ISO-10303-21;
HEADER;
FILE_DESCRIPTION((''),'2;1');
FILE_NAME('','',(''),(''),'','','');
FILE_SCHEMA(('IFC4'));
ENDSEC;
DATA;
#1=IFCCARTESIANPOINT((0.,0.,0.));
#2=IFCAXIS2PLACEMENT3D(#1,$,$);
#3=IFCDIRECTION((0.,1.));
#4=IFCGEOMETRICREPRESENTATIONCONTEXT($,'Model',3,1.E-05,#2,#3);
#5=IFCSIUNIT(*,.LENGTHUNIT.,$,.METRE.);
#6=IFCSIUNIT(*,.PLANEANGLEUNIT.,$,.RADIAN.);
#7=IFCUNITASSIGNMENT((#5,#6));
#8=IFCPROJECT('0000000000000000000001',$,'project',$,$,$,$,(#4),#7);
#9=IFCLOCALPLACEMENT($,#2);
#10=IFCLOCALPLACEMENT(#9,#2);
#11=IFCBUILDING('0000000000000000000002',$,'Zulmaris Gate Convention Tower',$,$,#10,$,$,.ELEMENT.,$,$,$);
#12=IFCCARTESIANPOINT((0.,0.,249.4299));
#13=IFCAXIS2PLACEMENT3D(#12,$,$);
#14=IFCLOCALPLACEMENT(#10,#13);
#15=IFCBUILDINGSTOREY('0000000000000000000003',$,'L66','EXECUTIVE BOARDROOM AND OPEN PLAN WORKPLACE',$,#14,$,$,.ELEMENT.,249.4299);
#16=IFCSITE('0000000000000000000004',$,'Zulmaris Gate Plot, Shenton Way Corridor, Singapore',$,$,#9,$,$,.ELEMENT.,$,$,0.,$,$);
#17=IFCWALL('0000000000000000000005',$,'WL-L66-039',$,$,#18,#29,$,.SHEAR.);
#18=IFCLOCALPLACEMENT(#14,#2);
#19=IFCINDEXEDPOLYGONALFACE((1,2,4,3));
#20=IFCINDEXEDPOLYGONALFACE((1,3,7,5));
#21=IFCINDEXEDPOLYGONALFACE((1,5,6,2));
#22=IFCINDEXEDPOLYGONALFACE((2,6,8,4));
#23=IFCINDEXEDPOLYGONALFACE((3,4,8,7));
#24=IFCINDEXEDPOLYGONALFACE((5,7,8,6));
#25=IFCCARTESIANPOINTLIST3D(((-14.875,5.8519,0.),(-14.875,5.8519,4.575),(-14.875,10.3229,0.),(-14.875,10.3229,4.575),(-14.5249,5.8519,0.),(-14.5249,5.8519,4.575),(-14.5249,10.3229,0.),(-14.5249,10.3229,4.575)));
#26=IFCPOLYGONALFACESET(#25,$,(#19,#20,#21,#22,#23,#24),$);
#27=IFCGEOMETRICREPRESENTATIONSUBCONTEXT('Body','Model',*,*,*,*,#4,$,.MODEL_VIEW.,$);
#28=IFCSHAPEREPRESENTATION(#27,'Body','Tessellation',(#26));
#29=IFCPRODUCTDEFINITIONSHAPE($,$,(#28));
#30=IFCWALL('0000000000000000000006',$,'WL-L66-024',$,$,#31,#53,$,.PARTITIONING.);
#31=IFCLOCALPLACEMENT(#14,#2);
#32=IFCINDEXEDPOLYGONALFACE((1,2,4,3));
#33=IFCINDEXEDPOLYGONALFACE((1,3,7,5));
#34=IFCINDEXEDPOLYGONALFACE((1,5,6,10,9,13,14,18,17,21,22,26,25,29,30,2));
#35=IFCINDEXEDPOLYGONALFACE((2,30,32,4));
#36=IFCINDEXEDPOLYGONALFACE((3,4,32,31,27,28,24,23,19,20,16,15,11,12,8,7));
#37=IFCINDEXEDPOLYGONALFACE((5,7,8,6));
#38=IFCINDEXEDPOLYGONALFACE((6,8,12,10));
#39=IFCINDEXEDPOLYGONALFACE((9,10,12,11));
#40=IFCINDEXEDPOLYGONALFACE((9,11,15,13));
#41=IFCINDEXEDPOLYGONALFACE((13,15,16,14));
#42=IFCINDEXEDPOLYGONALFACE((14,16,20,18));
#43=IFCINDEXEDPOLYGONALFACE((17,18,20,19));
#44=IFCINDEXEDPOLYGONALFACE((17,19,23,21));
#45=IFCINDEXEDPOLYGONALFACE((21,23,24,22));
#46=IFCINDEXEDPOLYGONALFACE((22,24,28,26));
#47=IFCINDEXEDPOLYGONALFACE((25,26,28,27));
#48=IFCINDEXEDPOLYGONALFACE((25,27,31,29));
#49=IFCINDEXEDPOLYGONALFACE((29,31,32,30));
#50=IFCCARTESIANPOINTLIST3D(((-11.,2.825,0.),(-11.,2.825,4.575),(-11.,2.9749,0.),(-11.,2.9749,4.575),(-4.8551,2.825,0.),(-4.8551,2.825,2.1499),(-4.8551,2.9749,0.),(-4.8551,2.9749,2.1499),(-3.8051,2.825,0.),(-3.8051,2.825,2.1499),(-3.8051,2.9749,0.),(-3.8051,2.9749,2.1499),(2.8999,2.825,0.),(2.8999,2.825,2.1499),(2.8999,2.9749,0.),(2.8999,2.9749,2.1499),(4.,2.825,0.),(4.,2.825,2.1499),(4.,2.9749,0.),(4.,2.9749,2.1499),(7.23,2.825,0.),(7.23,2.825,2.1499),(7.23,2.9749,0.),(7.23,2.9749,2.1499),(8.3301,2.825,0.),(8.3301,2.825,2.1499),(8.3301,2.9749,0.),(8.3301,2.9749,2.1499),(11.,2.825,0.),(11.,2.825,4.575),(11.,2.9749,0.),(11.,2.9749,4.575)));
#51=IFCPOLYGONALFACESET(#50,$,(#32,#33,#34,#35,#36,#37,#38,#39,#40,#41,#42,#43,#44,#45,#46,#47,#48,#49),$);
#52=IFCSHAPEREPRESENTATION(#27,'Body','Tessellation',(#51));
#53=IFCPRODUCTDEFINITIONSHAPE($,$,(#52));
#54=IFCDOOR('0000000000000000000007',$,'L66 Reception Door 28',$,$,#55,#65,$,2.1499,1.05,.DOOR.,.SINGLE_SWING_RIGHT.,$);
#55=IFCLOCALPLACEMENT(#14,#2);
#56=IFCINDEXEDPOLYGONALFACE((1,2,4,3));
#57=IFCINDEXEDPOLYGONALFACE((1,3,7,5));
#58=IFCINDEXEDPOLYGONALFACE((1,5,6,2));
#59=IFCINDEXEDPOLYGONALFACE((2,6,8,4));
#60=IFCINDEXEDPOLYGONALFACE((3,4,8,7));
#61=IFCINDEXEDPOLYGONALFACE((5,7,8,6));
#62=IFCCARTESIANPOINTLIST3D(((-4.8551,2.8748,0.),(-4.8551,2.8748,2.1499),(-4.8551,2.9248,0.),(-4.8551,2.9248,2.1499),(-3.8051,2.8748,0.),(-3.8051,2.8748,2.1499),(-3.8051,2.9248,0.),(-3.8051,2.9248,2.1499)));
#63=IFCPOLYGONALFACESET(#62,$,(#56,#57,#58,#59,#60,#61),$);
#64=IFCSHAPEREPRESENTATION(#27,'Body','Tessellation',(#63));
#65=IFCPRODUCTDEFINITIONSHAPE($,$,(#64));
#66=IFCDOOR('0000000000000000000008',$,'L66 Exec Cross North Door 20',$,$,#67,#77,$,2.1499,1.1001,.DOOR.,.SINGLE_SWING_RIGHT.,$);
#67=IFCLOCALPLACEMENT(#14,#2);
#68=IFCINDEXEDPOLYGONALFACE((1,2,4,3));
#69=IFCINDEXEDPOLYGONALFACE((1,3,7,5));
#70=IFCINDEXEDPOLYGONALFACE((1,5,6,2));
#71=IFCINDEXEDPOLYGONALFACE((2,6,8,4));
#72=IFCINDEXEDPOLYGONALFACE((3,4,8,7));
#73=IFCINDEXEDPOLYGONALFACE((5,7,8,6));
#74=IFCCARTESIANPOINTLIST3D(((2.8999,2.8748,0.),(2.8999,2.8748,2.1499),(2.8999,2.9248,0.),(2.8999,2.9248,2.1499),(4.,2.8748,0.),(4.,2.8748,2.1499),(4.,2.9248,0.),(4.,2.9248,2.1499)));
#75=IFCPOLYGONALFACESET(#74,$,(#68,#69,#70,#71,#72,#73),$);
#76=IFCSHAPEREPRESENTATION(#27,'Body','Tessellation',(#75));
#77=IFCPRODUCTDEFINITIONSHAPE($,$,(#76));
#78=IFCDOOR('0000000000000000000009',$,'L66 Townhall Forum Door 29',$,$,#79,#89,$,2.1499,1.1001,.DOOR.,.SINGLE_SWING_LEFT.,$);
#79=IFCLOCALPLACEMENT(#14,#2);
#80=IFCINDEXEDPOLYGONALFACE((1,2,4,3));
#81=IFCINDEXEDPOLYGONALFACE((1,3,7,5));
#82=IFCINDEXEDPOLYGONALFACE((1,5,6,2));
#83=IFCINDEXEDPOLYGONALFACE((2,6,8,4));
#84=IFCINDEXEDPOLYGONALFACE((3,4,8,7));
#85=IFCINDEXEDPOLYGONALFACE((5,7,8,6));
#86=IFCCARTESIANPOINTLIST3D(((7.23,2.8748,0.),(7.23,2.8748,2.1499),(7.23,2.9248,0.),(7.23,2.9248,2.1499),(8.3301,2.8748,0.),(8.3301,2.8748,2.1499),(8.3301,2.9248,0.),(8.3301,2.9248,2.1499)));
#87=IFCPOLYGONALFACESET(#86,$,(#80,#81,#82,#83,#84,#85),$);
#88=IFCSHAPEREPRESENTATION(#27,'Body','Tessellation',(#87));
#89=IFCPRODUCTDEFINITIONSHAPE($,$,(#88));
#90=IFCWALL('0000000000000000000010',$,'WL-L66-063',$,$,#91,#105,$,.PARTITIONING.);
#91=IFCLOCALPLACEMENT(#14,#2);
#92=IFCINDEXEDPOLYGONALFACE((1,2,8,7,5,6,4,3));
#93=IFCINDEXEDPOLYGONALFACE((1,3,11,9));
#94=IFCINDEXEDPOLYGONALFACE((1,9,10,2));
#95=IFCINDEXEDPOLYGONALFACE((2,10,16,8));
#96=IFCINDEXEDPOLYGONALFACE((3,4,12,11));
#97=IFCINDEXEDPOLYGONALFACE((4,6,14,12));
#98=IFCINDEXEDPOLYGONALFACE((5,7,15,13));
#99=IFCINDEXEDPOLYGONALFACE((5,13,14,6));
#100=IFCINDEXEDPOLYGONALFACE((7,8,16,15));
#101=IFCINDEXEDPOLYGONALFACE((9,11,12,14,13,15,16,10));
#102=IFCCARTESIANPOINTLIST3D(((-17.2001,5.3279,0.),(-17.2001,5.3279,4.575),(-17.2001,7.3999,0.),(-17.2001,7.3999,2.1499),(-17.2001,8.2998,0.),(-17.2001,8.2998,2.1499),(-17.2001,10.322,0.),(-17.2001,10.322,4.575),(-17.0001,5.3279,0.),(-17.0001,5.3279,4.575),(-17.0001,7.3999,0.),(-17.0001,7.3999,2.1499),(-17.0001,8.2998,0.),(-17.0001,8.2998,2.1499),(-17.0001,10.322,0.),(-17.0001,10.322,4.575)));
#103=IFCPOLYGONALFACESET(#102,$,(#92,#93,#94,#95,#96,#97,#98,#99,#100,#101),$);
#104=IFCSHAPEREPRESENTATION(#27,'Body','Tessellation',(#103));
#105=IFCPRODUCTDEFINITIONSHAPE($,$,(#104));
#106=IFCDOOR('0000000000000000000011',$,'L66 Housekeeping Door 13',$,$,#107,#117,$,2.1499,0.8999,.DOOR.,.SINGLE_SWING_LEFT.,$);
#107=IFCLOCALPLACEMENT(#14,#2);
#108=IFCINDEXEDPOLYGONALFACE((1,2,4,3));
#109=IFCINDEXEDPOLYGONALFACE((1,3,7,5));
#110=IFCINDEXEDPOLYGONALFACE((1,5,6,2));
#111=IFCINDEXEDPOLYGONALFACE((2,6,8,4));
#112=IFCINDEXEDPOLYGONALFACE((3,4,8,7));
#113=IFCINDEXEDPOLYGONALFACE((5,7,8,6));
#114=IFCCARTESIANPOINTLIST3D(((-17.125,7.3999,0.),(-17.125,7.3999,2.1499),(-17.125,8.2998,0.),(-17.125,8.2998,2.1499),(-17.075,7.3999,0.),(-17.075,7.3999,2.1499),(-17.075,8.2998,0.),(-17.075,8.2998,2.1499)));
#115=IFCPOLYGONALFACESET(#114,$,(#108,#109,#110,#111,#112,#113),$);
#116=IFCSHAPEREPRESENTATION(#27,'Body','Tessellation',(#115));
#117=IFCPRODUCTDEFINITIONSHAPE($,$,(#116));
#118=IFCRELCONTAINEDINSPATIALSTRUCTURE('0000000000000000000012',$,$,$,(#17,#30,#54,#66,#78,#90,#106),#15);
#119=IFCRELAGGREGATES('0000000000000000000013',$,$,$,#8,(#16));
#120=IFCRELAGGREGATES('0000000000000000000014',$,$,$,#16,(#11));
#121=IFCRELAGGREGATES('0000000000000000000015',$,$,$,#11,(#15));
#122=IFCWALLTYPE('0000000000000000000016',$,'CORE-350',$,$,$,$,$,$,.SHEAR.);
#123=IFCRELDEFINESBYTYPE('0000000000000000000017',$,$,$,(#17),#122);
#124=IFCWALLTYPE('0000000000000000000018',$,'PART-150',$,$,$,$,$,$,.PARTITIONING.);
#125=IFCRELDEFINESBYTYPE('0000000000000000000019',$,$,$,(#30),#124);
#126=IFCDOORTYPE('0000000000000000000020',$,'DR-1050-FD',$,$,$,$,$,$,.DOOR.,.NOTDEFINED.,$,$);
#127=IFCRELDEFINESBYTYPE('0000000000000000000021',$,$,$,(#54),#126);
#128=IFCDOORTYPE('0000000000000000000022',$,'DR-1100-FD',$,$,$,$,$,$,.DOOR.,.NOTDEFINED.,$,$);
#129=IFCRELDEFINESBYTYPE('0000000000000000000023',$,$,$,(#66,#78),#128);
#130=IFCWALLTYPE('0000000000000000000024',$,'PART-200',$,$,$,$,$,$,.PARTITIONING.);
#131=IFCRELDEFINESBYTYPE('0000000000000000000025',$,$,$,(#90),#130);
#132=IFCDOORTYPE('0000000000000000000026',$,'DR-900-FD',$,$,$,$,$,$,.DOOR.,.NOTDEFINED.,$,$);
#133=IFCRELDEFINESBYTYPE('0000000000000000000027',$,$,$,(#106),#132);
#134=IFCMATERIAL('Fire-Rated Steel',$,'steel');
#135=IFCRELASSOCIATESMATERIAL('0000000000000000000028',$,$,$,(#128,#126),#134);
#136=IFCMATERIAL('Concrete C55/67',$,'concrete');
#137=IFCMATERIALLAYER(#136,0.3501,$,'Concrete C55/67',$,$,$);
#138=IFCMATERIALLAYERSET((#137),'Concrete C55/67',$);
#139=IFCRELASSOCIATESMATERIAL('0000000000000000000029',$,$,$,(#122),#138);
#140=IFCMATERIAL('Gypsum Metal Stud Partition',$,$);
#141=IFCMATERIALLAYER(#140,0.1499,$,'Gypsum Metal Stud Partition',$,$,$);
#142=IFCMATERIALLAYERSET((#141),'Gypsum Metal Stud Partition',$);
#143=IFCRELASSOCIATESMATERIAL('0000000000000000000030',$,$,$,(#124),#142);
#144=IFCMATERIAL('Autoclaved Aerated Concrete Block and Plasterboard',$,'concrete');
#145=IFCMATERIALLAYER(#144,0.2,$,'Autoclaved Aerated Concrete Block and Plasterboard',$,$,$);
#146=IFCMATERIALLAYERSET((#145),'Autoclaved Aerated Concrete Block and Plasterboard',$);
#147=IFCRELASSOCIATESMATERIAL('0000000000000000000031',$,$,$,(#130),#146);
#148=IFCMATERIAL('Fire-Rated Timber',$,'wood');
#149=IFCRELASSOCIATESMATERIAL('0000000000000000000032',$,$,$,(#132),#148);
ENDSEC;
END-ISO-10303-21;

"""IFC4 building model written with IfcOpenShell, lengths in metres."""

from ifc_helpers import new_model, si_unit, direction, frame, frame_2d, origin, place, context, subcontext, project, spatial, rectangle, extrude, material, layer, layer_set, type_object, element, fill, save


model = new_model("IFC4")

# Units and contexts
model_context = context("Model", 3, precision=1e-05, world=origin(), true_north=direction((0.0, 1.0)))
body_context = subcontext(model_context, "Body", "Model", "MODEL_VIEW")
ifc_project = project(units=[si_unit("LENGTHUNIT", "METRE"), si_unit("PLANEANGLEUNIT", "RADIAN")], contexts=[model_context])

# Site, building, storey
site_placement = place(None, origin())
site = spatial("IfcSite", under=ifc_project, at=site_placement, Name="Zulmaris Gate Plot, Shenton Way Corridor, Singapore", CompositionType="ELEMENT", RefElevation=0.0)
building_placement = place(site_placement, origin())
building = spatial("IfcBuilding", under=site, at=building_placement, Name="Zulmaris Gate Convention Tower", CompositionType="ELEMENT")
storey_placement = place(building_placement, frame((0.0, 0.0, 249.4299)))
storey = spatial("IfcBuildingStorey", under=building, at=storey_placement, Name="L66", Description="EXECUTIVE BOARDROOM AND OPEN PLAN WORKPLACE", CompositionType="ELEMENT", Elevation=249.4299)

# Shared definitions
ifc_material_1 = material(Name="Fire-Rated Timber", Category="wood")
ifc_material_2 = material(Name="Fire-Rated Steel", Category="steel")
door_type_1 = type_object("IfcDoorType", Name="DR-1100-FD", OperationType="NOTDEFINED", PredefinedType="DOOR", material=ifc_material_2)

# Wall
ifc_material_3 = material(Name="Concrete C55/67", Category="concrete")
ifc_layer_1 = layer(ifc_material_3, 0.3501, Name="Concrete C55/67")
ifc_layer_set_1 = layer_set([ifc_layer_1], Name="Concrete C55/67")
wall_type_1 = type_object("IfcWallType", Name="CORE-350", PredefinedType="SHEAR", material=ifc_layer_set_1)
wall_1_placement = place(storey_placement, frame((-14.7, 5.8521, 0.0), z_axis=(0.0, 0.0, 1.0), x_axis=(0.0, 1.0, 0.0)))
element("IfcWall", 1, at=wall_1_placement, inside=storey, type_object=wall_type_1, Name="WL-L66-039", PredefinedType="SHEAR", context=body_context, shape_type="SweptSolid", body=[
    extrude(rectangle(XDim=4.4709, YDim=0.3501, at=frame_2d((2.2354, 0.0))), origin(), (0.0, 0.0, 1.0), 4.575),
])

# Wall, openings, doors
ifc_material_4 = material(Name="Gypsum Metal Stud Partition")
ifc_layer_2 = layer(ifc_material_4, 0.1499, Name="Gypsum Metal Stud Partition")
ifc_layer_set_2 = layer_set([ifc_layer_2], Name="Gypsum Metal Stud Partition")
wall_type_2 = type_object("IfcWallType", Name="PART-150", PredefinedType="PARTITIONING", material=ifc_layer_set_2)
wall_2_placement = place(storey_placement, frame((-11.0, 2.8999, 0.0), z_axis=(0.0, 0.0, 1.0), x_axis=(1.0, 0.0, 0.0)))
wall_2 = element("IfcWall", 2, at=wall_2_placement, inside=storey, type_object=wall_type_2, Name="WL-L66-024", PredefinedType="PARTITIONING", context=body_context, shape_type="SweptSolid", body=[
    extrude(rectangle(XDim=22.0, YDim=0.1499, at=frame_2d((11.0, 0.0))), origin(), (0.0, 0.0, 1.0), 4.575),
])
opening_1_placement = place(wall_2_placement, frame((13.8999, 0.0, 0.0)))
opening_1 = element("IfcOpeningElement", 3, at=opening_1_placement, cuts=wall_2, PredefinedType="OPENING", context=body_context, shape_type="SweptSolid", body=[
    extrude(rectangle(XDim=1.1001, YDim=2.1499, at=frame_2d((0.55, 1.075))), frame((0.0, 0.085, 0.0), z_axis=(0.0, -1.0, 0.0), x_axis=(1.0, 0.0, 0.0)), (0.0, 0.0, 1.0), 0.1699),
])
opening_2_placement = place(wall_2_placement, frame((6.145, 0.0, 0.0)))
opening_2 = element("IfcOpeningElement", 4, at=opening_2_placement, cuts=wall_2, PredefinedType="OPENING", context=body_context, shape_type="SweptSolid", body=[
    extrude(rectangle(XDim=1.05, YDim=2.1499, at=frame_2d((0.5249, 1.075))), frame((0.0, 0.085, 0.0), z_axis=(0.0, -1.0, 0.0), x_axis=(1.0, 0.0, 0.0)), (0.0, 0.0, 1.0), 0.1699),
])
opening_3_placement = place(wall_2_placement, frame((18.23, 0.0, 0.0)))
opening_3 = element("IfcOpeningElement", 5, at=opening_3_placement, cuts=wall_2, PredefinedType="OPENING", context=body_context, shape_type="SweptSolid", body=[
    extrude(rectangle(XDim=1.1001, YDim=2.1499, at=frame_2d((0.55, 1.075))), frame((0.0, 0.085, 0.0), z_axis=(0.0, -1.0, 0.0), x_axis=(1.0, 0.0, 0.0)), (0.0, 0.0, 1.0), 0.1699),
])
door_type_2 = type_object("IfcDoorType", Name="DR-1050-FD", OperationType="NOTDEFINED", PredefinedType="DOOR", material=ifc_material_2)
door_1_placement = place(opening_2_placement, origin())
door_1 = element("IfcDoor", 6, at=door_1_placement, inside=storey, type_object=door_type_2, Name="L66 Reception Door 28", OperationType="SINGLE_SWING_RIGHT", OverallHeight=2.1499, OverallWidth=1.05, PredefinedType="DOOR", context=body_context, shape_type="SweptSolid", body=[
    extrude(rectangle(XDim=1.05, YDim=2.1499, at=frame_2d((0.5249, 1.075))), frame((0.0, 0.0249, 0.0), z_axis=(0.0, -1.0, 0.0), x_axis=(1.0, 0.0, 0.0)), (0.0, 0.0, 1.0), 0.05),
])
fill(opening_2, door_1)
door_2_placement = place(opening_1_placement, origin())
door_2 = element("IfcDoor", 7, at=door_2_placement, inside=storey, type_object=door_type_1, Name="L66 Exec Cross North Door 20", OperationType="SINGLE_SWING_RIGHT", OverallHeight=2.1499, OverallWidth=1.1001, PredefinedType="DOOR", context=body_context, shape_type="SweptSolid", body=[
    extrude(rectangle(XDim=1.1001, YDim=2.1499, at=frame_2d((0.55, 1.075))), frame((0.0, 0.0249, 0.0), z_axis=(0.0, -1.0, 0.0), x_axis=(1.0, 0.0, 0.0)), (0.0, 0.0, 1.0), 0.05),
])
fill(opening_1, door_2)
door_3_placement = place(opening_3_placement, origin())
door_3 = element("IfcDoor", 8, at=door_3_placement, inside=storey, type_object=door_type_1, Name="L66 Townhall Forum Door 29", OperationType="SINGLE_SWING_LEFT", OverallHeight=2.1499, OverallWidth=1.1001, PredefinedType="DOOR", context=body_context, shape_type="SweptSolid", body=[
    extrude(rectangle(XDim=1.1001, YDim=2.1499, at=frame_2d((0.55, 1.075))), frame((0.0, 0.0249, 0.0), z_axis=(0.0, -1.0, 0.0), x_axis=(1.0, 0.0, 0.0)), (0.0, 0.0, 1.0), 0.05),
])
fill(opening_3, door_3)

# Wall, opening, door
ifc_material_5 = material(Name="Autoclaved Aerated Concrete Block and Plasterboard", Category="concrete")
ifc_layer_3 = layer(ifc_material_5, 0.2, Name="Autoclaved Aerated Concrete Block and Plasterboard")
ifc_layer_set_3 = layer_set([ifc_layer_3], Name="Autoclaved Aerated Concrete Block and Plasterboard")
wall_type_3 = type_object("IfcWallType", Name="PART-200", PredefinedType="PARTITIONING", material=ifc_layer_set_3)
wall_3_placement = place(storey_placement, frame((-17.1001, 5.3279, 0.0), z_axis=(0.0, 0.0, 1.0), x_axis=(0.0, 1.0, 0.0)))
wall_3 = element("IfcWall", 9, at=wall_3_placement, inside=storey, type_object=wall_type_3, Name="WL-L66-063", PredefinedType="PARTITIONING", context=body_context, shape_type="SweptSolid", body=[
    extrude(rectangle(XDim=4.9941, YDim=0.2, at=frame_2d((2.4971, 0.0))), origin(), (0.0, 0.0, 1.0), 4.575),
])
opening_4_placement = place(wall_3_placement, frame((2.072, 0.0, 0.0)))
opening_4 = element("IfcOpeningElement", 10, at=opening_4_placement, cuts=wall_3, PredefinedType="OPENING", context=body_context, shape_type="SweptSolid", body=[
    extrude(rectangle(XDim=0.8999, YDim=2.1499, at=frame_2d((0.45, 1.075))), frame((0.0, 0.1099, 0.0), z_axis=(0.0, -1.0, 0.0), x_axis=(1.0, 0.0, 0.0)), (0.0, 0.0, 1.0), 0.22),
])
door_type_3 = type_object("IfcDoorType", Name="DR-900-FD", OperationType="NOTDEFINED", PredefinedType="DOOR", material=ifc_material_1)
door_4_placement = place(opening_4_placement, origin())
door_4 = element("IfcDoor", 11, at=door_4_placement, inside=storey, type_object=door_type_3, Name="L66 Housekeeping Door 13", OperationType="SINGLE_SWING_LEFT", OverallHeight=2.1499, OverallWidth=0.8999, PredefinedType="DOOR", context=body_context, shape_type="SweptSolid", body=[
    extrude(rectangle(XDim=0.8999, YDim=2.1499, at=frame_2d((0.45, 1.075))), frame((0.0, 0.0249, 0.0), z_axis=(0.0, -1.0, 0.0), x_axis=(1.0, 0.0, 0.0)), (0.0, 0.0, 1.0), 0.05),
])
fill(opening_4, door_4)

save(model, "model.ifc")
